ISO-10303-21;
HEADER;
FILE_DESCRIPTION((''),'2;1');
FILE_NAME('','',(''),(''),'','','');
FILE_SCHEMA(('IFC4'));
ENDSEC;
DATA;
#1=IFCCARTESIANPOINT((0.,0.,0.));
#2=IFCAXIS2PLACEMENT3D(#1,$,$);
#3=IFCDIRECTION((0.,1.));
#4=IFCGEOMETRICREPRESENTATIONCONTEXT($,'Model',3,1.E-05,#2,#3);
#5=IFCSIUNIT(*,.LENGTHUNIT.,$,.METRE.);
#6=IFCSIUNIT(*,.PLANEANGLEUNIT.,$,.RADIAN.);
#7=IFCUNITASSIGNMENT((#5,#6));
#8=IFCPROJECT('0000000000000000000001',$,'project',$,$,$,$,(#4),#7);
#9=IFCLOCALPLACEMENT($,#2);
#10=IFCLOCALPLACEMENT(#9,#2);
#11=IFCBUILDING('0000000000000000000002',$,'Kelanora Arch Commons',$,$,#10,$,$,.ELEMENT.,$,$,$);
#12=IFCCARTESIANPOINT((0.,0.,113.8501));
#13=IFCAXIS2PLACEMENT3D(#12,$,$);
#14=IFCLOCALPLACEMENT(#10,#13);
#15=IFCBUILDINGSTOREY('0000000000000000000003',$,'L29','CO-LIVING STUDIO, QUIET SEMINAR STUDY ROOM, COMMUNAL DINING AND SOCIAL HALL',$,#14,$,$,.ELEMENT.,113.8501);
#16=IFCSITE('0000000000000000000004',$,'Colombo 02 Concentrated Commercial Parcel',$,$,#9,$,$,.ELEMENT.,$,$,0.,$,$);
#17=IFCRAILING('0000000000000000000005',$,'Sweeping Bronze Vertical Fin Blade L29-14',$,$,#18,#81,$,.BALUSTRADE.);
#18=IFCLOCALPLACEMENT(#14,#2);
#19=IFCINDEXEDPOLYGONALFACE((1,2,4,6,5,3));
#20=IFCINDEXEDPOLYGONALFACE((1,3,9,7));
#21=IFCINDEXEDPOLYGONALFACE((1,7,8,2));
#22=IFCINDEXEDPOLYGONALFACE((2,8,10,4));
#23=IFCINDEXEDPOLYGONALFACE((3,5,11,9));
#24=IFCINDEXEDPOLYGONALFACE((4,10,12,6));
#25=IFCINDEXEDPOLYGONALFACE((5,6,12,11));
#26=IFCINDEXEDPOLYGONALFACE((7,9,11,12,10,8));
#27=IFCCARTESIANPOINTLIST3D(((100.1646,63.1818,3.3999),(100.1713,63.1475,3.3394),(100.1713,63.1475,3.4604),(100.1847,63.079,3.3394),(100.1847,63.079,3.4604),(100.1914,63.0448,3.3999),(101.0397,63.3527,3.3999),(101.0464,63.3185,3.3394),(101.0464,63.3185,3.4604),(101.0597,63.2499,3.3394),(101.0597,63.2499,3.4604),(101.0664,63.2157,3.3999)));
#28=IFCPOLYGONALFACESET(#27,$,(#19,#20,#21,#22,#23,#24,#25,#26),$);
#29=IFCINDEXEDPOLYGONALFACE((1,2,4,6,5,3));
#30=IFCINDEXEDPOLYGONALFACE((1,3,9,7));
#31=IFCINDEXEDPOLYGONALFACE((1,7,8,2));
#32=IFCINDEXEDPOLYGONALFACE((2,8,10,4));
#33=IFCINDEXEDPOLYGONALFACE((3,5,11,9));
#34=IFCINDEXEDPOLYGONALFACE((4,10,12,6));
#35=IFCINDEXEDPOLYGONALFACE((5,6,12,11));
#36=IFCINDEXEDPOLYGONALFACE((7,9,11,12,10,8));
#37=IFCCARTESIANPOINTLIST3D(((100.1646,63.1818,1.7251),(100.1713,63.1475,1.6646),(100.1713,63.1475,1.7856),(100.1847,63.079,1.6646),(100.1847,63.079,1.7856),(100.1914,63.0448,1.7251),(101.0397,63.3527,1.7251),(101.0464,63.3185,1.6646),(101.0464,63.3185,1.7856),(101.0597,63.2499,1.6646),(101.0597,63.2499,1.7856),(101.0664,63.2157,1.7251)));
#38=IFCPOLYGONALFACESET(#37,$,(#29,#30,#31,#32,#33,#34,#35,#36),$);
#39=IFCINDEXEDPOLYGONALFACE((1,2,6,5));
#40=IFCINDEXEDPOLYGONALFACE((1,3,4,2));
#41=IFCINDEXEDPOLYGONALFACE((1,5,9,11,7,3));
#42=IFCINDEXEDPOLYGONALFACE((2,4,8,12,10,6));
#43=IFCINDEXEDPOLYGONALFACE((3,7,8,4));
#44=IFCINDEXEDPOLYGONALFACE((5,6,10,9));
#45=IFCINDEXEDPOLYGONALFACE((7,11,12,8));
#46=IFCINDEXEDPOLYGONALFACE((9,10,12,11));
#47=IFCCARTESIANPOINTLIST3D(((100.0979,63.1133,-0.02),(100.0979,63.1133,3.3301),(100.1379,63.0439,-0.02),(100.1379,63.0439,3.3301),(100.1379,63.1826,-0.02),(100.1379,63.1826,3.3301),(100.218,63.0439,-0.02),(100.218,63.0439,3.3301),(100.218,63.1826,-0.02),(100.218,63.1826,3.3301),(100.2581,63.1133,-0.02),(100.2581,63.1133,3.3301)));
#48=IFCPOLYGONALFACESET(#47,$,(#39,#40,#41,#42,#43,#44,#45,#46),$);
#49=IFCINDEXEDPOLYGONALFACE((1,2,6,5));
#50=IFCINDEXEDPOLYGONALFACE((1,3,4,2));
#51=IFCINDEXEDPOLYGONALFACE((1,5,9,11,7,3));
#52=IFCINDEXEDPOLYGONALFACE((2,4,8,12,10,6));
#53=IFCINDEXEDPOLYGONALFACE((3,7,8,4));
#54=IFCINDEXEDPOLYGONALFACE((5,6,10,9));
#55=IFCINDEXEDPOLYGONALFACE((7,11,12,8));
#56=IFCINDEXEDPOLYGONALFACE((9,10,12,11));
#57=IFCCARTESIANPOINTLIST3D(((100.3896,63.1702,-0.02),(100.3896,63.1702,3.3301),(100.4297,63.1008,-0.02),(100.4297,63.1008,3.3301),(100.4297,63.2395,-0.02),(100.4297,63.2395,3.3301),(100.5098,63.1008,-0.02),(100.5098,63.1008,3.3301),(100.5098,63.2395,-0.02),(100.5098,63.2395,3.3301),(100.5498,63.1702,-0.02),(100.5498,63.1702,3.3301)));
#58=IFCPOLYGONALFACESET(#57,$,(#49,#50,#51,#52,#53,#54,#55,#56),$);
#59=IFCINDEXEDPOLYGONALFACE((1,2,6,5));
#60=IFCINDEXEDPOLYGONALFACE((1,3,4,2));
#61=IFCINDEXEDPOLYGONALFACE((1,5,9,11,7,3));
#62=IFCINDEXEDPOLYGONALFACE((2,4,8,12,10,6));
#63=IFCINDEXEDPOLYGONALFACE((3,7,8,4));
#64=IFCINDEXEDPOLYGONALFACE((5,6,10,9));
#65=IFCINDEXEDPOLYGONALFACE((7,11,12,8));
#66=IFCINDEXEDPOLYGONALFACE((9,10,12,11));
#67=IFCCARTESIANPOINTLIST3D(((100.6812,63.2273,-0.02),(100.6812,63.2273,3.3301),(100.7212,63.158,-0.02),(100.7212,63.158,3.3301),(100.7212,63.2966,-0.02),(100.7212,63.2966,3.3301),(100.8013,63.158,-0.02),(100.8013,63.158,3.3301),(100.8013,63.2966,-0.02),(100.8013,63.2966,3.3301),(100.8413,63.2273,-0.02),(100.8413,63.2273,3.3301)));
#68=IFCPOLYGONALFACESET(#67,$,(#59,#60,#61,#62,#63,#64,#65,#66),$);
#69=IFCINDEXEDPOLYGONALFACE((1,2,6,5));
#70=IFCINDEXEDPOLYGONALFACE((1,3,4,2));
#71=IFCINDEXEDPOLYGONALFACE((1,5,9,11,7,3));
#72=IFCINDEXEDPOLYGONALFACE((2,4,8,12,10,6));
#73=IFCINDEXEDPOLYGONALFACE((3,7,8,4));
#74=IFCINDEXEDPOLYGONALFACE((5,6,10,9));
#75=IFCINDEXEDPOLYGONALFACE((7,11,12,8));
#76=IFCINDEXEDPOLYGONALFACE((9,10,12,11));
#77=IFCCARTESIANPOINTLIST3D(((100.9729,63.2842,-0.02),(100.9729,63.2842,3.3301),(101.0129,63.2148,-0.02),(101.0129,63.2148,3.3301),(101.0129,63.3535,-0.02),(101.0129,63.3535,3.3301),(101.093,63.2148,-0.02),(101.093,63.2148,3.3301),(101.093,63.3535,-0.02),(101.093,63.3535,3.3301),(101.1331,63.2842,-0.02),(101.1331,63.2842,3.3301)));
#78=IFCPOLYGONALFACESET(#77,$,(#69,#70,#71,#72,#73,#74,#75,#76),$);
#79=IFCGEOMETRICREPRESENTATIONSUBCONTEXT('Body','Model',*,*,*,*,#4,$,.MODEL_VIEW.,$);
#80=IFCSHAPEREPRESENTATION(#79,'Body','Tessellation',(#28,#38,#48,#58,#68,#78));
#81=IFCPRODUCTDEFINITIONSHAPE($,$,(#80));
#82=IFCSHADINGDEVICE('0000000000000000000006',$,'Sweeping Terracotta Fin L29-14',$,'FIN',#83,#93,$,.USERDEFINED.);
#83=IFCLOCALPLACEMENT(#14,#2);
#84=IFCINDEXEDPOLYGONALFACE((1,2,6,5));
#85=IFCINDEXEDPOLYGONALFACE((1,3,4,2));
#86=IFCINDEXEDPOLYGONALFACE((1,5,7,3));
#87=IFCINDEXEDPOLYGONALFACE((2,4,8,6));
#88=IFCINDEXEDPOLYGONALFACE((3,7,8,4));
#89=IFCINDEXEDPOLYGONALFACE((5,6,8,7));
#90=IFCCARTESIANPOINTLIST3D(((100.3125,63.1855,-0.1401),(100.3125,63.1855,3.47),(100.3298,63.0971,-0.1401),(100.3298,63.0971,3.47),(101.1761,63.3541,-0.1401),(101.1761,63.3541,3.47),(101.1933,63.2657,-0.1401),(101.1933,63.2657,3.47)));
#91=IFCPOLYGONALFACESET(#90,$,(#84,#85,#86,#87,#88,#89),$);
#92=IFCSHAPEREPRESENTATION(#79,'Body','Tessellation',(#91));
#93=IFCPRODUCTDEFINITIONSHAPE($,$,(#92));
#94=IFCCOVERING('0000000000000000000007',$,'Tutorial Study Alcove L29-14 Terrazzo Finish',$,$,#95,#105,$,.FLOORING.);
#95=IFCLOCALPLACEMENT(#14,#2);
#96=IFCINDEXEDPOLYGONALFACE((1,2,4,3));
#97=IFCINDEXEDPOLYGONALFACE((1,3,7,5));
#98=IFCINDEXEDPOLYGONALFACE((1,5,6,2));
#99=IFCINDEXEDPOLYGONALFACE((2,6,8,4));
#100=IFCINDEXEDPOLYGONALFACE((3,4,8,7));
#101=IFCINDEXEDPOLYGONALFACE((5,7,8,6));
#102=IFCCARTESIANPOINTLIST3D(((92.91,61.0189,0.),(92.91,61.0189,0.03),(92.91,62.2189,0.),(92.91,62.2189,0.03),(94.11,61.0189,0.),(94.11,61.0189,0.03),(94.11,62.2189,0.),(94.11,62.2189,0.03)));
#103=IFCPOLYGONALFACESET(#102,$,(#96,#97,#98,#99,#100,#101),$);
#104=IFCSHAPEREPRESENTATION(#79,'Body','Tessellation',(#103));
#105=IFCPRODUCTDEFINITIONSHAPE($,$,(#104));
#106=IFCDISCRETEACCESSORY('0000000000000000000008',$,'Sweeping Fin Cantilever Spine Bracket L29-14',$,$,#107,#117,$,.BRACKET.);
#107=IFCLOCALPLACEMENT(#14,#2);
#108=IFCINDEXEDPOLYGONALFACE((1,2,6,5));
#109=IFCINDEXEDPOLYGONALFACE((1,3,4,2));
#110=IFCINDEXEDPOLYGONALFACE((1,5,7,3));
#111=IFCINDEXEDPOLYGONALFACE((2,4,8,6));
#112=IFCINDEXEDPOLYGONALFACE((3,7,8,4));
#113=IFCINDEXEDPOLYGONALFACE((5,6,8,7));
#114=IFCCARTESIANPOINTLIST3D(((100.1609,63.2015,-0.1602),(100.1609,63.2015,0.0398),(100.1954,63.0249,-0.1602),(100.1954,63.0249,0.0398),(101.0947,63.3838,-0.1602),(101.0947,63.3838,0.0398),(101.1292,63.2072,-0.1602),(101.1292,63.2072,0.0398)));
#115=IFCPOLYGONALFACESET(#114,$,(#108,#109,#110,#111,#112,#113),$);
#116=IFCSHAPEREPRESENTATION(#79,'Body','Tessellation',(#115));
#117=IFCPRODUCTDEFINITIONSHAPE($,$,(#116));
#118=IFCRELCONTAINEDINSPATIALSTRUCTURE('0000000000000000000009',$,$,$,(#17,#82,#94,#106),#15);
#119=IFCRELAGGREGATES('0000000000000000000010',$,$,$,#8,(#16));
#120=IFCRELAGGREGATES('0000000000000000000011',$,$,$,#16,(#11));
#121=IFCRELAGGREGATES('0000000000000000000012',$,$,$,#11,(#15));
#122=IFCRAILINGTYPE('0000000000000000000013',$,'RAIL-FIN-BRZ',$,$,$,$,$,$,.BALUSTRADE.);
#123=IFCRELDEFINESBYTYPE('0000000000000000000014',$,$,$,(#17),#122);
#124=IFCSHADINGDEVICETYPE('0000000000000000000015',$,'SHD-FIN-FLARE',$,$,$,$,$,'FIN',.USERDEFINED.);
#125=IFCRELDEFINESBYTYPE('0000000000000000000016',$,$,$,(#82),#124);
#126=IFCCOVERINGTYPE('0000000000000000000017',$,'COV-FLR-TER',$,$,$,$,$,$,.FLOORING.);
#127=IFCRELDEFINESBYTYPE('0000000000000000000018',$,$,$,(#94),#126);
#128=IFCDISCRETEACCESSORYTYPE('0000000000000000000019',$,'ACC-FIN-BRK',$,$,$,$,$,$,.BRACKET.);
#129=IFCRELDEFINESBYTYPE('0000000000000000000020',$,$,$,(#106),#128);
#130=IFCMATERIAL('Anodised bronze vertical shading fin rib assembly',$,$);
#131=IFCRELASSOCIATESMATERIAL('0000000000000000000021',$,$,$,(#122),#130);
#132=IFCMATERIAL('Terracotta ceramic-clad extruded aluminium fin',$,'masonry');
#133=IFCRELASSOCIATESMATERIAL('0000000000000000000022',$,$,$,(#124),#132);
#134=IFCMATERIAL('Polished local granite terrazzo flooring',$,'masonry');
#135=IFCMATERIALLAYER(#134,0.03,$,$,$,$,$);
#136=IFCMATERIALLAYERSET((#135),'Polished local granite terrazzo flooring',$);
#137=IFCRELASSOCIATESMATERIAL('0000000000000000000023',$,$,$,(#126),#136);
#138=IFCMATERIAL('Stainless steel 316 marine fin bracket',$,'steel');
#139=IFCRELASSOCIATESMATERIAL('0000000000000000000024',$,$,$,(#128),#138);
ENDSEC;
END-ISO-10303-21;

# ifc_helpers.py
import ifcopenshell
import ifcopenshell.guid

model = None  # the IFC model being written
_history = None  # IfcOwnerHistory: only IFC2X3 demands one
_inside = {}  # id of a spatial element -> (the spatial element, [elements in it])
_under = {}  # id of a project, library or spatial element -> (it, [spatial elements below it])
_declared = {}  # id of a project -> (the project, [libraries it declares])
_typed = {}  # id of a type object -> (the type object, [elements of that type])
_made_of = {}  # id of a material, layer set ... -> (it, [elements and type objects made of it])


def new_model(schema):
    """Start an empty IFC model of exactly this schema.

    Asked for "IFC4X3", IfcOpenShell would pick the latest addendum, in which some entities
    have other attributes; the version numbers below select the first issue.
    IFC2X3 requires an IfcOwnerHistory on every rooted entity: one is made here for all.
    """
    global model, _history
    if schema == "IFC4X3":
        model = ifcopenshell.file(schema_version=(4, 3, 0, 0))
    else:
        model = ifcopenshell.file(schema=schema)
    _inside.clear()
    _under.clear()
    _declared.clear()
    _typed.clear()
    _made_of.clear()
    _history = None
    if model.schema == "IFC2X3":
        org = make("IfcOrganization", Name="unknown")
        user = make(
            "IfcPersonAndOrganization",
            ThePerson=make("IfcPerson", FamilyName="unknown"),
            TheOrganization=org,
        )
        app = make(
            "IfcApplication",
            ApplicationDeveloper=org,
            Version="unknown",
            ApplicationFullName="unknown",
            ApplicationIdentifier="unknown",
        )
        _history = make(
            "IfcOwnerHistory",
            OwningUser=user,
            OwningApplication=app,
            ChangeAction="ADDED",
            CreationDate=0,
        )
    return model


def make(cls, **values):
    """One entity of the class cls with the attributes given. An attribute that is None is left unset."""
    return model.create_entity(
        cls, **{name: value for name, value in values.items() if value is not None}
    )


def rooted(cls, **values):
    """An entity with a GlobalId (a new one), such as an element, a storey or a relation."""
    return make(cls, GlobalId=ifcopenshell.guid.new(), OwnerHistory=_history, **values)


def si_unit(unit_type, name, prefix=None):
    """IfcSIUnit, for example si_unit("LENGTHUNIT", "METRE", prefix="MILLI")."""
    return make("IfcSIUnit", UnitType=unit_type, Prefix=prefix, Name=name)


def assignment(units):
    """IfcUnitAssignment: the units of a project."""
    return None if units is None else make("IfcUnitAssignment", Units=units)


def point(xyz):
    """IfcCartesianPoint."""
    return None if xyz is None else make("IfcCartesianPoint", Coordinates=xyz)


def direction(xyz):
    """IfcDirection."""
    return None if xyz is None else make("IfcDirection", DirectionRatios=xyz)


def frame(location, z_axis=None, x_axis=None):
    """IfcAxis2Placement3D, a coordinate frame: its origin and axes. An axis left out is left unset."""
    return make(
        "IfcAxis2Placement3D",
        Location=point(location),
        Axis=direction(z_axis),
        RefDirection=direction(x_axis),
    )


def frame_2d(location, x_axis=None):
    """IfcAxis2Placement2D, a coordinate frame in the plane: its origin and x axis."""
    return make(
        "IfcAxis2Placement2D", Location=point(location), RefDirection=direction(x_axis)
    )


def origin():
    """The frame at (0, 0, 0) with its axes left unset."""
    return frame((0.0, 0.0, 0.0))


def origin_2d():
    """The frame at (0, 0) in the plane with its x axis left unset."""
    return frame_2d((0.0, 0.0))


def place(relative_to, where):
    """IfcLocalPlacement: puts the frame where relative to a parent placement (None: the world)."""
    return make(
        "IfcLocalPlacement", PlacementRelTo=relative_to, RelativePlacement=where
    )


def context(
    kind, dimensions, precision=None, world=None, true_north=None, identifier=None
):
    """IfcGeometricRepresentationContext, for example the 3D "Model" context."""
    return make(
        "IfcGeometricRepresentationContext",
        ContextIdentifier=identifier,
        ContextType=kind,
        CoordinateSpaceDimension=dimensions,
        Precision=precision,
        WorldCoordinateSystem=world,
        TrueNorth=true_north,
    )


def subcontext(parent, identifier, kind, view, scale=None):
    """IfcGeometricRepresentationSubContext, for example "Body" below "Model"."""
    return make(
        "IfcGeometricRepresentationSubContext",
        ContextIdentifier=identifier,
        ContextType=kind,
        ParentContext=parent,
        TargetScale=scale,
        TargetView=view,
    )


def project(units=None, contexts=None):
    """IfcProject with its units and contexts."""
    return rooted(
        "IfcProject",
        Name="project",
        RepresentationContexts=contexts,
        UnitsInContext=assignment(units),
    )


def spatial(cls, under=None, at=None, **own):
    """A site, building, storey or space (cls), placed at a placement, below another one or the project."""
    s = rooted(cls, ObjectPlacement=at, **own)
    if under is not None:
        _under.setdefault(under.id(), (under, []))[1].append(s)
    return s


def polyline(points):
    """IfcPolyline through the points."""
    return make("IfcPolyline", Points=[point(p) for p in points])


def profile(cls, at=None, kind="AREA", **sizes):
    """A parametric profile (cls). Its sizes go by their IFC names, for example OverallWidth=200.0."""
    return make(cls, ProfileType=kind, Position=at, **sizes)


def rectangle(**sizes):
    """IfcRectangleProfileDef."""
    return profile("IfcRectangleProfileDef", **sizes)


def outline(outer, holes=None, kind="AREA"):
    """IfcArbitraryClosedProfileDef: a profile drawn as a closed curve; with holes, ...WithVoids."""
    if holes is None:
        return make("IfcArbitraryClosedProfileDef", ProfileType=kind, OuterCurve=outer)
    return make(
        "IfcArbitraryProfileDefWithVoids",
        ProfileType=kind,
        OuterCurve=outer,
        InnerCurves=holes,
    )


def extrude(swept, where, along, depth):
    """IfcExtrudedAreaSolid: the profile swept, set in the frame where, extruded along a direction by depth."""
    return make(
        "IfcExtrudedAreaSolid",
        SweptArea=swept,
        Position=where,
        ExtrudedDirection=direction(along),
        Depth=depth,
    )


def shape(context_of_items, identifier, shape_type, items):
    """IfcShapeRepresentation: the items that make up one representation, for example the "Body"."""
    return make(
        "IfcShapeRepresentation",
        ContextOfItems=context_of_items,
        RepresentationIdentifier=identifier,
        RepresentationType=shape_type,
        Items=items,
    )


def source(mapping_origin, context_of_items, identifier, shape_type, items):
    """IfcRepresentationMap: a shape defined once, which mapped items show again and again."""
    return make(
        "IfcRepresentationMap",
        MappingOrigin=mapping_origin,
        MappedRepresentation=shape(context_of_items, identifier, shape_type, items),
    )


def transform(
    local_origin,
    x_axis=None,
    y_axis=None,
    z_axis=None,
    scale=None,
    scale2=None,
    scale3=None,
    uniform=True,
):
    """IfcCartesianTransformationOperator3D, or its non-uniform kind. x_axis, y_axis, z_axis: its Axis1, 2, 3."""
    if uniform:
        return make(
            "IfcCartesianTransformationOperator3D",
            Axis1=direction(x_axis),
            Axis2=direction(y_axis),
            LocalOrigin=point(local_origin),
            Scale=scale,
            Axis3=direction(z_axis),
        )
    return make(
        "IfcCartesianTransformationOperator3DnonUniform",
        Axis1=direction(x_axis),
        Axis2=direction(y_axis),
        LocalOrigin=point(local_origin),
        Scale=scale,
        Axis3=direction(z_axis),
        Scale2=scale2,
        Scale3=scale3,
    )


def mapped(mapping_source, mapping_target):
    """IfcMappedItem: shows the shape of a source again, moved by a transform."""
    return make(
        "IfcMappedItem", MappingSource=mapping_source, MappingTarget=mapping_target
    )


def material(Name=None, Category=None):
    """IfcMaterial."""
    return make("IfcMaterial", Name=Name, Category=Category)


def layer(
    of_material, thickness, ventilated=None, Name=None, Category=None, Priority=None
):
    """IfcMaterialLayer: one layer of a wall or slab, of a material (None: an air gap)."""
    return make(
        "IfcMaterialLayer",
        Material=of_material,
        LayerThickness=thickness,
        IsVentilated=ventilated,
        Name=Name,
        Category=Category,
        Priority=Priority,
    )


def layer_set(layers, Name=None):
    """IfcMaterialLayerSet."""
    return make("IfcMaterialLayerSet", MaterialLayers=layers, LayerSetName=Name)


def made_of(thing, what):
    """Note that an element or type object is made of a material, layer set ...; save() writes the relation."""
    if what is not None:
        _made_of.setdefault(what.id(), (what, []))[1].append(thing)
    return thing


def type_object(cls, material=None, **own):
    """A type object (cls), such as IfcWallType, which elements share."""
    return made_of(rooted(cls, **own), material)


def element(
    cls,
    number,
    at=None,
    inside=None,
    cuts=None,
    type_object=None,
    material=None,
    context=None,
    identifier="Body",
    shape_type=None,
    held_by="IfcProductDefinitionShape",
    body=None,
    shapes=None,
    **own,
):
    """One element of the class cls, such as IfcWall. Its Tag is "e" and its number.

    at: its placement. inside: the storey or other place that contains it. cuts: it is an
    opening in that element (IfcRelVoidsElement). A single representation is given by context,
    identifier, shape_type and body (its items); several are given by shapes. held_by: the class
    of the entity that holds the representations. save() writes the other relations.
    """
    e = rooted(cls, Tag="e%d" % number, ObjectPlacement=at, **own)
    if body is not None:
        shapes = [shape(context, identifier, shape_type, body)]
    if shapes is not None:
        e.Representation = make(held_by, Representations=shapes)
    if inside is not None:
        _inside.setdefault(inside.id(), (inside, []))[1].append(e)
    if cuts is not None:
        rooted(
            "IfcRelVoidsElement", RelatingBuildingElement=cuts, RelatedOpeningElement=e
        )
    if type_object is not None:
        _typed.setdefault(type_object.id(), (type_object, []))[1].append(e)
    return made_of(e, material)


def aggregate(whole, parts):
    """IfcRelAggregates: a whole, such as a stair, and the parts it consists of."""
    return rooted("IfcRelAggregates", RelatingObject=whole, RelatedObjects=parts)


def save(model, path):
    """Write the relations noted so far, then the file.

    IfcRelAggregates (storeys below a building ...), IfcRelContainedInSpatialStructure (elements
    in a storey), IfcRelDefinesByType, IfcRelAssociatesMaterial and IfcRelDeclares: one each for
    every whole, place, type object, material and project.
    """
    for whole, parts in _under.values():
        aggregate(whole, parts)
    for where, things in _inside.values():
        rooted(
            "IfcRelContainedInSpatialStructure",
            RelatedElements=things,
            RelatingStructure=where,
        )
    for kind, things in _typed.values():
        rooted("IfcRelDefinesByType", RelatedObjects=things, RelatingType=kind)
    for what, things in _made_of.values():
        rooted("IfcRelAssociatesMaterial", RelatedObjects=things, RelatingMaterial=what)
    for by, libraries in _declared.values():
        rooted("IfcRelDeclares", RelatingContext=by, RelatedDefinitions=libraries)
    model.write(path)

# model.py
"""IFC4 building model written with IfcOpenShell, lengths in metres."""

from ifc_helpers import new_model, si_unit, direction, frame, origin, origin_2d, place, context, subcontext, project, spatial, polyline, rectangle, outline, extrude, source, transform, mapped, material, layer, layer_set, type_object, element, save


model = new_model("IFC4")

# Units and contexts
model_context = context("Model", 3, precision=1e-05, world=origin(), true_north=direction((0.0, 1.0)))
body_context = subcontext(model_context, "Body", "Model", "MODEL_VIEW")
ifc_project = project(units=[si_unit("LENGTHUNIT", "METRE"), si_unit("PLANEANGLEUNIT", "RADIAN")], contexts=[model_context])

# Site, building, storey
site_placement = place(None, origin())
site = spatial("IfcSite", under=ifc_project, at=site_placement, Name="Colombo 02 Concentrated Commercial Parcel", CompositionType="ELEMENT", RefElevation=0.0)
building_placement = place(site_placement, origin())
building = spatial("IfcBuilding", under=site, at=building_placement, Name="Kelanora Arch Commons", CompositionType="ELEMENT")
storey_placement = place(building_placement, frame((0.0, 0.0, 113.8501)))
storey = spatial("IfcBuildingStorey", under=building, at=storey_placement, Name="L29", Description="CO-LIVING STUDIO, QUIET SEMINAR STUDY ROOM, COMMUNAL DINING AND SOCIAL HALL", CompositionType="ELEMENT", Elevation=113.8501)

# Railing
ifc_material_1 = material(Name="Anodised bronze vertical shading fin rib assembly")
railing_type = type_object("IfcRailingType", Name="RAIL-FIN-BRZ", PredefinedType="BALUSTRADE", material=ifc_material_1)
railing_placement = place(storey_placement, frame((100.178, 63.1133, -0.02)))
element("IfcRailing", 1, at=railing_placement, inside=storey, type_object=railing_type, Name="Sweeping Bronze Vertical Fin Blade L29-14", PredefinedType="BALUSTRADE", context=body_context, shape_type="SweptSolid", body=[
    extrude(outline(polyline([(0.0698, 0.0), (0.0349, 0.0605), (-0.0349, 0.0605), (-0.0698, 0.0), (-0.0349, -0.0605), (0.0349, -0.0605), (0.0698, 0.0)])), frame((0.0, 0.0, 3.4199), z_axis=(0.981455, 0.191691, 0.0), x_axis=(-0.191691, 0.981455, 0.0)), (0.0, 0.0, 1.0), 0.8916),
    extrude(outline(polyline([(0.0698, 0.0), (0.0349, 0.0605), (-0.0349, 0.0605), (-0.0698, 0.0), (-0.0349, -0.0605), (0.0349, -0.0605), (0.0698, 0.0)])), frame((0.0, 0.0, 1.7451), z_axis=(0.981455, 0.191691, 0.0), x_axis=(-0.191691, 0.981455, 0.0)), (0.0, 0.0, 1.0), 0.8916),
    extrude(outline(polyline([(0.0801, 0.0), (0.04, 0.0693), (-0.04, 0.0693), (-0.0801, 0.0), (-0.04, -0.0693), (0.04, -0.0693), (0.0801, 0.0)])), origin(), (0.0, 0.0, 1.0), 3.3501),
    extrude(outline(polyline([(0.0801, 0.0), (0.04, 0.0693), (-0.04, 0.0693), (-0.0801, 0.0), (-0.04, -0.0693), (0.04, -0.0693), (0.0801, 0.0)])), frame((0.2917, 0.0569, 0.0)), (0.0, 0.0, 1.0), 3.3501),
    extrude(outline(polyline([(0.0801, 0.0), (0.04, 0.0693), (-0.04, 0.0693), (-0.0801, 0.0), (-0.04, -0.0693), (0.04, -0.0693), (0.0801, 0.0)])), frame((0.5833, 0.114, 0.0)), (0.0, 0.0, 1.0), 3.3501),
    extrude(outline(polyline([(0.0801, 0.0), (0.04, 0.0693), (-0.04, 0.0693), (-0.0801, 0.0), (-0.04, -0.0693), (0.04, -0.0693), (0.0801, 0.0)])), frame((0.875, 0.1709, 0.0)), (0.0, 0.0, 1.0), 3.3501),
])

# Shading device
ifc_material_2 = material(Name="Terracotta ceramic-clad extruded aluminium fin", Category="masonry")
shading_device_type = type_object("IfcShadingDeviceType", Name="SHD-FIN-FLARE", ElementType="FIN", PredefinedType="USERDEFINED", material=ifc_material_2)
shared_shape_1 = source(origin(), body_context, "Body", "SweptSolid", [
    extrude(rectangle(XDim=0.8799, YDim=0.0901, at=origin_2d()), origin(), (0.0, 0.0, 1.0), 3.6101),
])
shading_device_placement = place(storey_placement, frame((100.7529, 63.2256, -0.1401), z_axis=(0.0, 0.0, 1.0), x_axis=(0.98146, 0.191666, 0.0)))
element("IfcShadingDevice", 2, at=shading_device_placement, inside=storey, type_object=shading_device_type, Name="Sweeping Terracotta Fin L29-14", ObjectType="FIN", PredefinedType="USERDEFINED", context=body_context, shape_type="MappedRepresentation", body=[
    mapped(shared_shape_1, transform((0.0, 0.0, 0.0), scale=1.0)),
])

# Covering
ifc_material_3 = material(Name="Polished local granite terrazzo flooring", Category="masonry")
ifc_layer_1 = layer(ifc_material_3, 0.03)
ifc_layer_set_1 = layer_set([ifc_layer_1], Name="Polished local granite terrazzo flooring")
covering_type = type_object("IfcCoveringType", Name="COV-FLR-TER", PredefinedType="FLOORING", material=ifc_layer_set_1)
shared_shape_2 = source(origin(), body_context, "Body", "SweptSolid", [
    extrude(rectangle(XDim=1.2, YDim=1.2, at=origin_2d()), origin(), (0.0, 0.0, 1.0), 0.03),
])
covering_placement = place(storey_placement, frame((93.51, 61.6189, 0.0), z_axis=(0.0, 0.0, 1.0), x_axis=(1.0, 0.0, 0.0)))
element("IfcCovering", 3, at=covering_placement, inside=storey, type_object=covering_type, Name="Tutorial Study Alcove L29-14 Terrazzo Finish", PredefinedType="FLOORING", context=body_context, shape_type="MappedRepresentation", body=[
    mapped(shared_shape_2, transform((0.0, 0.0, 0.0), scale=1.0)),
])

# Discrete accessory
ifc_material_4 = material(Name="Stainless steel 316 marine fin bracket", Category="steel")
discrete_accessory_type = type_object("IfcDiscreteAccessoryType", Name="ACC-FIN-BRK", PredefinedType="BRACKET", material=ifc_material_4)
shared_shape_3 = source(origin(), body_context, "Body", "SweptSolid", [
    extrude(rectangle(XDim=0.9514, YDim=0.1799, at=origin_2d()), origin(), (0.0, 0.0, 1.0), 0.2),
])
discrete_accessory_placement = place(storey_placement, frame((100.645, 63.2043, -0.1602), z_axis=(0.0, 0.0, 1.0), x_axis=(0.98146, 0.191666, 0.0)))
element("IfcDiscreteAccessory", 4, at=discrete_accessory_placement, inside=storey, type_object=discrete_accessory_type, Name="Sweeping Fin Cantilever Spine Bracket L29-14", PredefinedType="BRACKET", context=body_context, shape_type="MappedRepresentation", body=[
    mapped(shared_shape_3, transform((0.0, 0.0, 0.0), scale=1.0)),
])

save(model, "model.ifc")
